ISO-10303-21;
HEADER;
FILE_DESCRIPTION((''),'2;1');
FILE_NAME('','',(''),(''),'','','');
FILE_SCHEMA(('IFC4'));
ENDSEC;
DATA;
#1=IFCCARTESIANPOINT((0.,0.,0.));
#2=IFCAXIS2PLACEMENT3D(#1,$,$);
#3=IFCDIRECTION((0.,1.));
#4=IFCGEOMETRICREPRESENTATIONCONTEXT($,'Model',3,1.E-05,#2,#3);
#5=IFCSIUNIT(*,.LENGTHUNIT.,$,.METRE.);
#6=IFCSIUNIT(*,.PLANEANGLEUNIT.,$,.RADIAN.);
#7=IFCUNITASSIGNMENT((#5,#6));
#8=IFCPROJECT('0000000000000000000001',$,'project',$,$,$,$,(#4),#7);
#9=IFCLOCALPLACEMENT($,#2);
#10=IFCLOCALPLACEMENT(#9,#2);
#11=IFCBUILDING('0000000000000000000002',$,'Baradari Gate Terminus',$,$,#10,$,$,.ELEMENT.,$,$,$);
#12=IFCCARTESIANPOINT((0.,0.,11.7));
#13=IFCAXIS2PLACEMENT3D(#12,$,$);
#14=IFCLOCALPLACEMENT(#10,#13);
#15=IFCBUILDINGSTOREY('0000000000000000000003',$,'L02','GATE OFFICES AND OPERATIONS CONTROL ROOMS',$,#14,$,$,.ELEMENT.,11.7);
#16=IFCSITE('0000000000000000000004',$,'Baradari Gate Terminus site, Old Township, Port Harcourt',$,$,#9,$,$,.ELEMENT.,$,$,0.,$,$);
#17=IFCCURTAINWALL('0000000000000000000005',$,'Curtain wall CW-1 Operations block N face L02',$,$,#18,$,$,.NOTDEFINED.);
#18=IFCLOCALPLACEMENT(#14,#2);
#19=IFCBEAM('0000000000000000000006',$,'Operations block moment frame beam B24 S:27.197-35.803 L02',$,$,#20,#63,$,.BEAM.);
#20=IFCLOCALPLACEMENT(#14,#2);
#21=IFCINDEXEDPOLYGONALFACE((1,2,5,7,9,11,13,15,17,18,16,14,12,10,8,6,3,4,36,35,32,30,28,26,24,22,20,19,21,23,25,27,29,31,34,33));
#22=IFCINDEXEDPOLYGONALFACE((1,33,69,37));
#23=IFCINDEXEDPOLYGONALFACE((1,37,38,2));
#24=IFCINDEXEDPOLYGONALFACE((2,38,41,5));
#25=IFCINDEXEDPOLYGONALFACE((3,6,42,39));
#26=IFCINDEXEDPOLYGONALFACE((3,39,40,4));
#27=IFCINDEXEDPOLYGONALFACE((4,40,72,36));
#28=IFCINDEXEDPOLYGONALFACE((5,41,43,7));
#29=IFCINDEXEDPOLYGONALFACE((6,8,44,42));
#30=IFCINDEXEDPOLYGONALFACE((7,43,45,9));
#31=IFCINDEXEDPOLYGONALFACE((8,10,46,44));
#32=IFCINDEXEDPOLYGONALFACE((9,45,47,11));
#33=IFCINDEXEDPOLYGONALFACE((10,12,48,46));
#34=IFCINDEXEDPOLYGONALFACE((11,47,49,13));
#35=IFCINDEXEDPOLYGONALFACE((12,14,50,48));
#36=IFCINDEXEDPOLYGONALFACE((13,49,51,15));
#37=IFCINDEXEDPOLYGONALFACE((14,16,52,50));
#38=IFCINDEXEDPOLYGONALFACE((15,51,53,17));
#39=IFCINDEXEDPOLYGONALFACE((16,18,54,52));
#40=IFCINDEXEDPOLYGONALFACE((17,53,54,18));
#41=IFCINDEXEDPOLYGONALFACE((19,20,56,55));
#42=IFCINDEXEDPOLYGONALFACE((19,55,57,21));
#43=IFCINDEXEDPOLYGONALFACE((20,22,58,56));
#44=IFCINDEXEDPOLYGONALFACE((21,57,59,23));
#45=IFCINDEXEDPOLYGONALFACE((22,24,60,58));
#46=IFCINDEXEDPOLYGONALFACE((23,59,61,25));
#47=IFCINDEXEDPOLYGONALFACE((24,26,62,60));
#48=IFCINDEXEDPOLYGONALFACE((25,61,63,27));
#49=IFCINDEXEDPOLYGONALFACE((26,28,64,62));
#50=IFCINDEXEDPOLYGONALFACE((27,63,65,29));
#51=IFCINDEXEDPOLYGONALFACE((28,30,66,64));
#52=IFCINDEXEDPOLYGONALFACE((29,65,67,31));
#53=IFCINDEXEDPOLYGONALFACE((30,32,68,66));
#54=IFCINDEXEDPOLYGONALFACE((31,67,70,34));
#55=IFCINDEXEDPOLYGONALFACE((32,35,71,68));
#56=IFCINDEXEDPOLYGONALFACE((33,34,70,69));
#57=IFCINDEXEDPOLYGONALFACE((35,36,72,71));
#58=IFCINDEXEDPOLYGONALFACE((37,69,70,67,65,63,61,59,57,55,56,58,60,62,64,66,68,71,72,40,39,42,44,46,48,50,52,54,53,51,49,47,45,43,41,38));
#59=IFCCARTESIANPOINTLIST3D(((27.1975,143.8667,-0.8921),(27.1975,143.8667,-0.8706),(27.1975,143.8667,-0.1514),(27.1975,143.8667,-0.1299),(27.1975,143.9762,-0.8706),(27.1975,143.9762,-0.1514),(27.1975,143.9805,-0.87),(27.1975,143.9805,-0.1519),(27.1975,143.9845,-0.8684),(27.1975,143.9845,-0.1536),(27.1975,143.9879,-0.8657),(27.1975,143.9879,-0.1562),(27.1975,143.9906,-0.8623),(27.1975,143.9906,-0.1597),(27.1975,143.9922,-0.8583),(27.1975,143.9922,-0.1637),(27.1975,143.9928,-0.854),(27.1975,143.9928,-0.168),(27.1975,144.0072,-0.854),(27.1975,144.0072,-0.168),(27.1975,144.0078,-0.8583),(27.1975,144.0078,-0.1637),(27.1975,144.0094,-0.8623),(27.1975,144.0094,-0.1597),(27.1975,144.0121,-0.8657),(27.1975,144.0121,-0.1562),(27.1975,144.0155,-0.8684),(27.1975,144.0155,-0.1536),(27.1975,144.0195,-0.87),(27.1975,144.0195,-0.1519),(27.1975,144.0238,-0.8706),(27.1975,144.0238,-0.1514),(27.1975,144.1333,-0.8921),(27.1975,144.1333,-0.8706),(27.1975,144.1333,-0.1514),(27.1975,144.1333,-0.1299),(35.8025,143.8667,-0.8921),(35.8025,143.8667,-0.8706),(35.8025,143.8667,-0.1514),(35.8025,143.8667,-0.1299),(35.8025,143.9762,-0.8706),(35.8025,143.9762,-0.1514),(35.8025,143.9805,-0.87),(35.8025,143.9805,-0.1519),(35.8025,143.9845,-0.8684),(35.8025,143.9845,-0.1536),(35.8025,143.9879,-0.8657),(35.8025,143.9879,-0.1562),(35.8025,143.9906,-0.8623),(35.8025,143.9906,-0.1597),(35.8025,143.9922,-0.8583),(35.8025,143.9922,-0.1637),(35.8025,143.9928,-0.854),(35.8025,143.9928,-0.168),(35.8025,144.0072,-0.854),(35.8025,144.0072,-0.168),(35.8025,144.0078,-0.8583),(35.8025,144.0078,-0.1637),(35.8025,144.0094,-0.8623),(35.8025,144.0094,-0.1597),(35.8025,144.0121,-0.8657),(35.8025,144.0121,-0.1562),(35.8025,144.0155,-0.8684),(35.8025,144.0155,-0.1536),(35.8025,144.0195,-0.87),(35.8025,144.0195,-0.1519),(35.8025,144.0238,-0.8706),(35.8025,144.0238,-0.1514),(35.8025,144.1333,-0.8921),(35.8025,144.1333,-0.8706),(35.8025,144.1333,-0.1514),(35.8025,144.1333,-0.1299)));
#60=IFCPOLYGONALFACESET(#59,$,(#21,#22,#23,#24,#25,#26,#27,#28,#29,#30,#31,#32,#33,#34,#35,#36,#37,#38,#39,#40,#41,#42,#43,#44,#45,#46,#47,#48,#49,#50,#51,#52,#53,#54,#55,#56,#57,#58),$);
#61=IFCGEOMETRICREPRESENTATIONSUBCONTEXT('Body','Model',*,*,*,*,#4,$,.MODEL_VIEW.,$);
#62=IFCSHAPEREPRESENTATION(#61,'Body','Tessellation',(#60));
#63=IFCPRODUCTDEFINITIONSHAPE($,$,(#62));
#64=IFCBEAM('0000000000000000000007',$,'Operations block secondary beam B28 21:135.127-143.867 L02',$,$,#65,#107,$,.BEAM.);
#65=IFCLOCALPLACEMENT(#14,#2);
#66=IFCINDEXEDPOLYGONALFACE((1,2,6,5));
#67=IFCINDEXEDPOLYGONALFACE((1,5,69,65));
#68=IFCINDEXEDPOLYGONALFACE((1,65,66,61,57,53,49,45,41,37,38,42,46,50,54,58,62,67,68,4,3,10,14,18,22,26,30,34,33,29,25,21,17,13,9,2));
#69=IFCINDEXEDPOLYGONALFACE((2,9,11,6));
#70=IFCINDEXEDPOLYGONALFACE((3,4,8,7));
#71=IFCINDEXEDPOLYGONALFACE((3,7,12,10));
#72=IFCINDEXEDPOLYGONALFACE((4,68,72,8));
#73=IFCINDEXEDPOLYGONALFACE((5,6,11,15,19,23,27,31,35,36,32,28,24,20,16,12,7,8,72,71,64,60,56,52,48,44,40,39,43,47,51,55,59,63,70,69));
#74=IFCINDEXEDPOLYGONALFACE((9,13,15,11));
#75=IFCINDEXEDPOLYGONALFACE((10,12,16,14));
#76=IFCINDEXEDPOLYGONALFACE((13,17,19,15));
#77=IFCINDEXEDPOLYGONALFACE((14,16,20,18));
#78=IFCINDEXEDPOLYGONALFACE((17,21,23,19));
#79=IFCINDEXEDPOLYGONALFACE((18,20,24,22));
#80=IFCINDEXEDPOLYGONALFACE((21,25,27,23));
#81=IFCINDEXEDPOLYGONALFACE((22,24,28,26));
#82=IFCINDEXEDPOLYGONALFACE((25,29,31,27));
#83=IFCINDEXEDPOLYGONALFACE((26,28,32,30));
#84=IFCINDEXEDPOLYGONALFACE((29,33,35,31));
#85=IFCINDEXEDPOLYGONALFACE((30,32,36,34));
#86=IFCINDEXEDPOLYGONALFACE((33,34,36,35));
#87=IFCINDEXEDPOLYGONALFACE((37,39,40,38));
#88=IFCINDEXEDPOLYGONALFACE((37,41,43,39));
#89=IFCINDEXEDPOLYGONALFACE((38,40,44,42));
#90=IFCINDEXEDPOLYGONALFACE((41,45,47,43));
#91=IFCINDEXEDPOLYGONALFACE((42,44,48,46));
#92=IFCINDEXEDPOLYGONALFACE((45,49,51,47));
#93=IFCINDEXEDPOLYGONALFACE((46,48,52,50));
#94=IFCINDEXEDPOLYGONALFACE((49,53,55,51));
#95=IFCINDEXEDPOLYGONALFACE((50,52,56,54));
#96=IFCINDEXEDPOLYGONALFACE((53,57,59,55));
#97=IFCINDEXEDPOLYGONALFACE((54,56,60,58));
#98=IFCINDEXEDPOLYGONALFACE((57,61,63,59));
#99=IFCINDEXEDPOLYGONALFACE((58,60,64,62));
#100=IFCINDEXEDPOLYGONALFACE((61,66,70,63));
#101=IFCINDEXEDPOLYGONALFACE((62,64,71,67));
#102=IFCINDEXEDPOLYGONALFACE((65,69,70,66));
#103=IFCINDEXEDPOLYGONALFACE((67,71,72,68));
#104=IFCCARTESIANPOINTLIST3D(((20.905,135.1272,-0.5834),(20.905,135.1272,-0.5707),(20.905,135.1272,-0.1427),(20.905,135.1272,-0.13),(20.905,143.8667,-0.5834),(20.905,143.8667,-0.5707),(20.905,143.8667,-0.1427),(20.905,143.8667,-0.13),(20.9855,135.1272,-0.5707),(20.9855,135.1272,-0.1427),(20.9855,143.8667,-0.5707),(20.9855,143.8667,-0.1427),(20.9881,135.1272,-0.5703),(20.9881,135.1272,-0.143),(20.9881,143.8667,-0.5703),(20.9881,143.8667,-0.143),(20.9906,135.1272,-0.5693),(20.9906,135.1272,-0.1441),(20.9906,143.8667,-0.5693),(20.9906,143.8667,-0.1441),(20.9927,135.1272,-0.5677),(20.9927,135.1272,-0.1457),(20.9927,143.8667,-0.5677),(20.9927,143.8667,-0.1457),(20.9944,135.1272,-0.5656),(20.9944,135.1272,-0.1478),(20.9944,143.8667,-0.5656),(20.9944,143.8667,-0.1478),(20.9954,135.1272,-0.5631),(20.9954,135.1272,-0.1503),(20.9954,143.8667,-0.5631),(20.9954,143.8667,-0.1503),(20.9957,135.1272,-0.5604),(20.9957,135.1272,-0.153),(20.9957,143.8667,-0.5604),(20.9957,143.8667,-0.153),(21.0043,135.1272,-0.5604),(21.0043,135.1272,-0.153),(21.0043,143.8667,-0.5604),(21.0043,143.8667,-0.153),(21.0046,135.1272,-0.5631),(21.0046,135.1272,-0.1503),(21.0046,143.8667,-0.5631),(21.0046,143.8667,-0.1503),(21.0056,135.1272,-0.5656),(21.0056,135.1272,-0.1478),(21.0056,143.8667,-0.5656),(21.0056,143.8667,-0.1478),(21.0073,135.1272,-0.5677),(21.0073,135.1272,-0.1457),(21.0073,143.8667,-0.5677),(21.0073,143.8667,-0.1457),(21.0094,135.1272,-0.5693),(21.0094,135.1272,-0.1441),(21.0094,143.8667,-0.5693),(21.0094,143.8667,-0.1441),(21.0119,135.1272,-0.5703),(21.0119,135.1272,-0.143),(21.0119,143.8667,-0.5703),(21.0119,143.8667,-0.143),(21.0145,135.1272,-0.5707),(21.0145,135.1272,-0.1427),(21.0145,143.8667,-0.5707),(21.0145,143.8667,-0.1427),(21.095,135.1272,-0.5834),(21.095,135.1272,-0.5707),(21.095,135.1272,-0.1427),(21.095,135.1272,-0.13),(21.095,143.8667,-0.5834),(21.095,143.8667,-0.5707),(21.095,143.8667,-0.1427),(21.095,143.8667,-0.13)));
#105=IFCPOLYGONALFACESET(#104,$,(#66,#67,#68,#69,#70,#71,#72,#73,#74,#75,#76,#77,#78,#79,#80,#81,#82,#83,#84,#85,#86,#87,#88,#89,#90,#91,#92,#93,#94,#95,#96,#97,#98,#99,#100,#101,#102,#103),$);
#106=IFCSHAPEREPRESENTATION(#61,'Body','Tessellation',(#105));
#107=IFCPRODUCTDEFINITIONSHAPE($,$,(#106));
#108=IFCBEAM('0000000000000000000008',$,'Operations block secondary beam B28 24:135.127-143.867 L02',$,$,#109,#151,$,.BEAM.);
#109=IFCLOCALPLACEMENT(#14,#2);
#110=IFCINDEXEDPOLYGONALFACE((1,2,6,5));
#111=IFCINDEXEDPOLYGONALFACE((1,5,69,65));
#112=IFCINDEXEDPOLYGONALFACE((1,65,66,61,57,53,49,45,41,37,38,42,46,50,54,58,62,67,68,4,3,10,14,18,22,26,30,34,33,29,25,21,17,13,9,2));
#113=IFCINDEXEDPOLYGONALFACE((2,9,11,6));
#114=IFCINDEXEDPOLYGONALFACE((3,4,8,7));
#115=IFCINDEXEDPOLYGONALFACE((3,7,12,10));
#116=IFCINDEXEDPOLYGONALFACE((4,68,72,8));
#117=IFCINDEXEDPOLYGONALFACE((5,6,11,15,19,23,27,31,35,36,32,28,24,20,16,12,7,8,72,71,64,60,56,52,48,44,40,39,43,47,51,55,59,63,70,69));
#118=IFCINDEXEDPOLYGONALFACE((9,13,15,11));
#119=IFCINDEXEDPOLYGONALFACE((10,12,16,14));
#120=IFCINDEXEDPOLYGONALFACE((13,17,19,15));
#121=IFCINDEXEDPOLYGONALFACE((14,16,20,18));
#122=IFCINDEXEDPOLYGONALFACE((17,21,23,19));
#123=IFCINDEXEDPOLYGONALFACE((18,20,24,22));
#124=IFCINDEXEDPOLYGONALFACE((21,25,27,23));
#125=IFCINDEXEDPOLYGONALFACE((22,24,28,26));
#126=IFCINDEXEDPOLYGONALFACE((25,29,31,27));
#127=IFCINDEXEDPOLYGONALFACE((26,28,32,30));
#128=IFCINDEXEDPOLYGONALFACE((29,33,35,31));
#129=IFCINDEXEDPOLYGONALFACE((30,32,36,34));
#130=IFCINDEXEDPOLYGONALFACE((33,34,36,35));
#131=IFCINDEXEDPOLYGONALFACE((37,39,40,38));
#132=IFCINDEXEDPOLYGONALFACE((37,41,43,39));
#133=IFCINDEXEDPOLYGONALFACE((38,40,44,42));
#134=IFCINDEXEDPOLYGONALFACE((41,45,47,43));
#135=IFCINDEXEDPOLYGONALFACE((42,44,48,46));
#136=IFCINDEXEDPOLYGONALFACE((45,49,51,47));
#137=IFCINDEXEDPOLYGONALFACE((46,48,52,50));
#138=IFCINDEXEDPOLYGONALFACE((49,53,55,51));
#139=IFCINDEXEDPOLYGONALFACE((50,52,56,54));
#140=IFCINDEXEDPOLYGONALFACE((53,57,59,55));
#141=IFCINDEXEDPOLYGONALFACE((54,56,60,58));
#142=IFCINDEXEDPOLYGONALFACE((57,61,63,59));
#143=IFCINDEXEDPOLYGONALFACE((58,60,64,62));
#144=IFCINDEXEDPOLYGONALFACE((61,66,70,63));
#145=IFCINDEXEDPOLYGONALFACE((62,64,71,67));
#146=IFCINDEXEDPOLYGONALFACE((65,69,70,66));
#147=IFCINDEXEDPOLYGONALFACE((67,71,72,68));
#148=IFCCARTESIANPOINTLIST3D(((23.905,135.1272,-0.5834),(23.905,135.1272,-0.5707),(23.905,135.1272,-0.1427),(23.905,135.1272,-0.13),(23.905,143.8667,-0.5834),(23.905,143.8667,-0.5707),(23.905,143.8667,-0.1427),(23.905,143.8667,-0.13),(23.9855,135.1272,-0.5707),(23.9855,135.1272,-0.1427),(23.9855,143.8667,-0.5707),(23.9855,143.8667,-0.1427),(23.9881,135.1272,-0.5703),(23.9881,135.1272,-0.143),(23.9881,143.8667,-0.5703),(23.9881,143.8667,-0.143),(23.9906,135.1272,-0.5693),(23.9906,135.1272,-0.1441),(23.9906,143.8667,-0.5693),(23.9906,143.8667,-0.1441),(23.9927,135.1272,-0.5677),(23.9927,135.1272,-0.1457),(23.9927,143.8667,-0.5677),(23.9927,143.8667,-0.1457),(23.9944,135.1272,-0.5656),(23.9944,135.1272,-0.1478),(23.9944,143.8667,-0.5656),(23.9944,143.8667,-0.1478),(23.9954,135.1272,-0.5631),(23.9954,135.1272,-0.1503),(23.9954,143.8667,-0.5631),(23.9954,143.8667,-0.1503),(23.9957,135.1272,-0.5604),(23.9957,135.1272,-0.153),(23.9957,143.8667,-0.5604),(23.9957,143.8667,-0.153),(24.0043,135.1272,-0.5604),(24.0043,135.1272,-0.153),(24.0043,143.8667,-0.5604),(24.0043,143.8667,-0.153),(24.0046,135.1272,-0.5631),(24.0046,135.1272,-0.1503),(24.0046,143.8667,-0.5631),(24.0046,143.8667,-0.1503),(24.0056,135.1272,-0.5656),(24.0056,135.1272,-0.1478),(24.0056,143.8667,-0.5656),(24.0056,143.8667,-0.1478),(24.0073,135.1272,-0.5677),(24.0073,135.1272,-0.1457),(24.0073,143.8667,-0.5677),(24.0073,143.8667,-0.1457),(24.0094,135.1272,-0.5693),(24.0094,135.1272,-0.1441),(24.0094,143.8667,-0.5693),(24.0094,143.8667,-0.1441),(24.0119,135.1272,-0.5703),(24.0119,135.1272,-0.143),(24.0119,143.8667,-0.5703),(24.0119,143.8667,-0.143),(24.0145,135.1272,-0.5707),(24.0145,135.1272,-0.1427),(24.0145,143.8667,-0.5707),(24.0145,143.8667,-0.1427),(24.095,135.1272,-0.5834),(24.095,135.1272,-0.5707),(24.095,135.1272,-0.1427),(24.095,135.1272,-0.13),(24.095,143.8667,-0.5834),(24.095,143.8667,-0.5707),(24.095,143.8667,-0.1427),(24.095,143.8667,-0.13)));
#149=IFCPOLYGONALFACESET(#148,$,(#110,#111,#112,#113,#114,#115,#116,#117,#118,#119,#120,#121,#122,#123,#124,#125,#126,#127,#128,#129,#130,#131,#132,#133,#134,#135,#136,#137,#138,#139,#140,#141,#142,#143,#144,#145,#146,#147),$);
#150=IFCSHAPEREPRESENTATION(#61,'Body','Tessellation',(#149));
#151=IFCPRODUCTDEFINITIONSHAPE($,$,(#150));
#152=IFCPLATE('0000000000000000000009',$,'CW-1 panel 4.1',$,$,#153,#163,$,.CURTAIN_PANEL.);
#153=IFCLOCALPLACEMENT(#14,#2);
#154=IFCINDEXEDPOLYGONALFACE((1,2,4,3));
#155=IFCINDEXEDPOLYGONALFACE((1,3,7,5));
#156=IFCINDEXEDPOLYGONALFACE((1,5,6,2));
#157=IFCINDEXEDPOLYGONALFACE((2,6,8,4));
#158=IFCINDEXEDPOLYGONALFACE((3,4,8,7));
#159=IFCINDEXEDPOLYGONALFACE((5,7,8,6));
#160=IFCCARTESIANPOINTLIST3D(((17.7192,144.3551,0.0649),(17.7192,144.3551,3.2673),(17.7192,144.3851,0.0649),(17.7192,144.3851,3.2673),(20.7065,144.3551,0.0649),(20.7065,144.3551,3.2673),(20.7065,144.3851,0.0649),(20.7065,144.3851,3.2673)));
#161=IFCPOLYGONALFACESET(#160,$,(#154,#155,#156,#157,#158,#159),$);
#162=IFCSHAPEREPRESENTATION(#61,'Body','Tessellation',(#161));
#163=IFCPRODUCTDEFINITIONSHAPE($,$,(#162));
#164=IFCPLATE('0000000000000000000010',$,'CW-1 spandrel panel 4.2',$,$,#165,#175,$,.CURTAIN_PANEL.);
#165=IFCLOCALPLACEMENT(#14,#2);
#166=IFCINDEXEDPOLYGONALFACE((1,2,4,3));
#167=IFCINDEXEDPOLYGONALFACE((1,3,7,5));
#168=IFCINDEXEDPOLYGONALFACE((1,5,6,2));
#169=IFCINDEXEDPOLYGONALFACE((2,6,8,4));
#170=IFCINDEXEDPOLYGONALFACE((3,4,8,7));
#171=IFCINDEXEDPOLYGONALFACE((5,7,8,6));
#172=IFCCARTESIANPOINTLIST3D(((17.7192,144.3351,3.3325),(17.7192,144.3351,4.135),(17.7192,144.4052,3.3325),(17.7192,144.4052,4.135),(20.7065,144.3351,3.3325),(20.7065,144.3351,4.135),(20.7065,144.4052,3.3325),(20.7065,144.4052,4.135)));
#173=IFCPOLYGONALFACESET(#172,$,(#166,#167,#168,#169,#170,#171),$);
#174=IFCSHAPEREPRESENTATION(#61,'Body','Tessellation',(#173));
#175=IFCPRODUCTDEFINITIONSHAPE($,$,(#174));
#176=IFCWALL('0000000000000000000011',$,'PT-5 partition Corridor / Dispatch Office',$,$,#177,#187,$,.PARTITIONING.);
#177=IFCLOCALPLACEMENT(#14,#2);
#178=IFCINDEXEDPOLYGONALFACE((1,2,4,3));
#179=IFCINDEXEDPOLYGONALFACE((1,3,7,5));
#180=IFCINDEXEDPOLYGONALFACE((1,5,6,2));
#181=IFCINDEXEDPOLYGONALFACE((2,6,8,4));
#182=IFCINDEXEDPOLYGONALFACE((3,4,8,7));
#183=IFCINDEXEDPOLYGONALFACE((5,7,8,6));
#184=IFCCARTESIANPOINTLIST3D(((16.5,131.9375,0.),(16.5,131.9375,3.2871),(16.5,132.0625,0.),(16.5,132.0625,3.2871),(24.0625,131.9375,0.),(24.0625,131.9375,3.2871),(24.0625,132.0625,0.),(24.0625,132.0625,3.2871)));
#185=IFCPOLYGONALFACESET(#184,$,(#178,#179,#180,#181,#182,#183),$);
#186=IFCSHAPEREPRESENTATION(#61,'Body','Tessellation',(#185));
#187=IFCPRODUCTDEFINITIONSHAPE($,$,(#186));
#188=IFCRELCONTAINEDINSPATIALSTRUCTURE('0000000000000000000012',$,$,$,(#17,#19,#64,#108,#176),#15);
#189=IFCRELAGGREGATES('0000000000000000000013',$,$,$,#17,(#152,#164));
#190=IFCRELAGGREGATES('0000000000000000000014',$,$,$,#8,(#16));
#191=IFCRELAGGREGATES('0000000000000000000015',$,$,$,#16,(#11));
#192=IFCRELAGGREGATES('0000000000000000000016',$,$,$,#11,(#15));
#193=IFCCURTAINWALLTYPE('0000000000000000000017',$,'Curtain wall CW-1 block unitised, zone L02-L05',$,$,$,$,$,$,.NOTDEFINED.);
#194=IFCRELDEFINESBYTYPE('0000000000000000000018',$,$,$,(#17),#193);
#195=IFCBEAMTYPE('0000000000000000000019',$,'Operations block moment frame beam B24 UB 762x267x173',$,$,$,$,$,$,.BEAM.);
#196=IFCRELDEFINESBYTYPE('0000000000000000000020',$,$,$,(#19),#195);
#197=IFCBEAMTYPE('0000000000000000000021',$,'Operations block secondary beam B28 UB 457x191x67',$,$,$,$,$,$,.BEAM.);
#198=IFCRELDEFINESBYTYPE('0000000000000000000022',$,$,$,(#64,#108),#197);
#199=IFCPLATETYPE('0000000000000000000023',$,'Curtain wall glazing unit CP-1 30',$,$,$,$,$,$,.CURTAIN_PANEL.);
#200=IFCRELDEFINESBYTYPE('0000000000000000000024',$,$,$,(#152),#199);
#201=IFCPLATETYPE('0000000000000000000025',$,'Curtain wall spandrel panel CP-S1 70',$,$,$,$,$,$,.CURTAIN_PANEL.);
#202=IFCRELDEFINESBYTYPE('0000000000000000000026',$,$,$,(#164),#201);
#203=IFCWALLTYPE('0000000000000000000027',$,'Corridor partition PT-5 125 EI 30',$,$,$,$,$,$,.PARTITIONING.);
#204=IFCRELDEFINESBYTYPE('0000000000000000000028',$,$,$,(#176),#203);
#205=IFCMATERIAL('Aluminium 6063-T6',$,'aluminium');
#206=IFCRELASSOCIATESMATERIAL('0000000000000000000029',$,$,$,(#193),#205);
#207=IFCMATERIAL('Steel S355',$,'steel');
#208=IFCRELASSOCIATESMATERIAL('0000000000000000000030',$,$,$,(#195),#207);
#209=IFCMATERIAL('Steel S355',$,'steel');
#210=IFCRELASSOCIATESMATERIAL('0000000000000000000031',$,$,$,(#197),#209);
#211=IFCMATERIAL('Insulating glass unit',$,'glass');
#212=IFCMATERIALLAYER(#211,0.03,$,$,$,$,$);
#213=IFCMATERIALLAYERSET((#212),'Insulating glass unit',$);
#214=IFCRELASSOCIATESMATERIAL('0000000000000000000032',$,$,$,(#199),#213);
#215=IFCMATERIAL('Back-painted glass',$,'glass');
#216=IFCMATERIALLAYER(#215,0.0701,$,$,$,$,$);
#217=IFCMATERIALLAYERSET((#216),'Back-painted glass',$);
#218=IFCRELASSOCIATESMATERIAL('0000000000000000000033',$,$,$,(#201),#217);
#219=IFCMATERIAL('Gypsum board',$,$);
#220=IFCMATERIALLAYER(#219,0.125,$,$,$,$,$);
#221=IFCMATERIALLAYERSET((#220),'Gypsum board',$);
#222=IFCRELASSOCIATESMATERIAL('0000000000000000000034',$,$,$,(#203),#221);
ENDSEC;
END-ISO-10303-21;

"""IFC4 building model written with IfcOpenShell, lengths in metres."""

from ifc_helpers import new_model, si_unit, direction, frame, frame_2d, origin, origin_2d, place, context, subcontext, project, spatial, rectangle, i_section, extrude, material, layer, layer_set, material_profile, profile_set, type_object, element, aggregate, save


model = new_model("IFC4")

# Units and contexts
model_context = context("Model", 3, precision=1e-05, world=origin(), true_north=direction((0.0, 1.0)))
body_context = subcontext(model_context, "Body", "Model", "MODEL_VIEW")
ifc_project = project(units=[si_unit("LENGTHUNIT", "METRE"), si_unit("PLANEANGLEUNIT", "RADIAN")], contexts=[model_context])

# Site, building, storey
site_placement = place(None, origin())
site = spatial("IfcSite", under=ifc_project, at=site_placement, Name="Baradari Gate Terminus site, Old Township, Port Harcourt", CompositionType="ELEMENT", RefElevation=0.0)
building_placement = place(site_placement, origin())
building = spatial("IfcBuilding", under=site, at=building_placement, Name="Baradari Gate Terminus", CompositionType="ELEMENT")
storey_placement = place(building_placement, frame((0.0, 0.0, 11.7)))
storey = spatial("IfcBuildingStorey", under=building, at=storey_placement, Name="L02", Description="GATE OFFICES AND OPERATIONS CONTROL ROOMS", CompositionType="ELEMENT", Elevation=11.7)

# Curtain wall
ifc_material_1 = material(Name="Aluminium 6063-T6", Category="aluminium")
curtain_wall_type = type_object("IfcCurtainWallType", Name="Curtain wall CW-1 block unitised, zone L02-L05", PredefinedType="NOTDEFINED", material=ifc_material_1)
curtain_wall_placement = place(storey_placement, origin())
curtain_wall = element("IfcCurtainWall", 1, at=curtain_wall_placement, inside=storey, type_object=curtain_wall_type, Name="Curtain wall CW-1 Operations block N face L02", PredefinedType="NOTDEFINED")

# Beams
ifc_material_2 = material(Name="Steel S355", Category="steel")
ifc_material_profile_1 = material_profile(ifc_material_2, i_section(OverallWidth=0.2666, OverallDepth=0.7622, WebThickness=0.0144, FlangeThickness=0.0215, FilletRadius=0.0166, at=origin_2d()), Name="UB 762x267x173")
ifc_profile_set_1 = profile_set([ifc_material_profile_1], Name="Steel S355")
beam_type_1 = type_object("IfcBeamType", Name="Operations block moment frame beam B24 UB 762x267x173", PredefinedType="BEAM", material=ifc_profile_set_1)
for number, where, z_axis, x_axis, name in (
    (2, (27.1975, 144.0, -0.511), (1.0, 0.0, 0.0), (0.0, 1.0, 0.0), "Operations block moment frame beam B24 S:27.197-35.803 L02"),
):
    element("IfcBeam", number, at=place(storey_placement, frame(where, z_axis=z_axis, x_axis=x_axis)), inside=storey, type_object=beam_type_1, Name=name, PredefinedType="BEAM", context=body_context, shape_type="SweptSolid", body=[
        extrude(i_section(OverallWidth=0.2666, OverallDepth=0.7622, WebThickness=0.0144, FlangeThickness=0.0215, FilletRadius=0.0166, at=origin_2d()), origin(), (0.0, 0.0, 1.0), 8.605),
    ])
ifc_material_3 = material(Name="Steel S355", Category="steel")
ifc_material_profile_2 = material_profile(ifc_material_3, i_section(OverallWidth=0.1899, OverallDepth=0.4534, WebThickness=0.0085, FlangeThickness=0.0127, FilletRadius=0.0103, at=origin_2d()), Name="UB 457x191x67")
ifc_profile_set_2 = profile_set([ifc_material_profile_2], Name="Steel S355")
beam_type_2 = type_object("IfcBeamType", Name="Operations block secondary beam B28 UB 457x191x67", PredefinedType="BEAM", material=ifc_profile_set_2)
for number, where, z_axis, x_axis, name in (
    (3, (21.0, 135.1272, -0.3567), (0.0, 1.0, 0.0), (-1.0, 0.0, 0.0), "Operations block secondary beam B28 21:135.127-143.867 L02"),
    (4, (24.0, 135.1272, -0.3567), (0.0, 1.0, 0.0), (-1.0, 0.0, 0.0), "Operations block secondary beam B28 24:135.127-143.867 L02"),
):
    element("IfcBeam", number, at=place(storey_placement, frame(where, z_axis=z_axis, x_axis=x_axis)), inside=storey, type_object=beam_type_2, Name=name, PredefinedType="BEAM", context=body_context, shape_type="SweptSolid", body=[
        extrude(i_section(OverallWidth=0.1899, OverallDepth=0.4534, WebThickness=0.0085, FlangeThickness=0.0127, FilletRadius=0.0103, at=origin_2d()), origin(), (0.0, 0.0, 1.0), 8.7395),
    ])

# Plates
ifc_material_4 = material(Name="Insulating glass unit", Category="glass")
ifc_layer_1 = layer(ifc_material_4, 0.03)
ifc_layer_set_1 = layer_set([ifc_layer_1], Name="Insulating glass unit")
plate_type_1 = type_object("IfcPlateType", Name="Curtain wall glazing unit CP-1 30", PredefinedType="CURTAIN_PANEL", material=ifc_layer_set_1)
plate_1_placement = place(storey_placement, frame((19.2129, 144.3701, 0.0649), z_axis=(0.0, 0.0, 1.0), x_axis=(1.0, 0.0, 0.0)))
plate_1 = element("IfcPlate", 5, at=plate_1_placement, type_object=plate_type_1, Name="CW-1 panel 4.1", PredefinedType="CURTAIN_PANEL", context=body_context, shape_type="SweptSolid", body=[
    extrude(rectangle(XDim=2.9873, YDim=0.03, at=origin_2d()), origin(), (0.0, 0.0, 1.0), 3.2024),
])
ifc_material_5 = material(Name="Back-painted glass", Category="glass")
ifc_layer_2 = layer(ifc_material_5, 0.0701)
ifc_layer_set_2 = layer_set([ifc_layer_2], Name="Back-painted glass")
plate_type_2 = type_object("IfcPlateType", Name="Curtain wall spandrel panel CP-S1 70", PredefinedType="CURTAIN_PANEL", material=ifc_layer_set_2)
plate_2_placement = place(storey_placement, frame((19.2129, 144.3701, 3.3325), z_axis=(0.0, 0.0, 1.0), x_axis=(1.0, 0.0, 0.0)))
plate_2 = element("IfcPlate", 6, at=plate_2_placement, type_object=plate_type_2, Name="CW-1 spandrel panel 4.2", PredefinedType="CURTAIN_PANEL", context=body_context, shape_type="SweptSolid", body=[
    extrude(rectangle(XDim=2.9873, YDim=0.0701, at=origin_2d()), origin(), (0.0, 0.0, 1.0), 0.8025),
])
aggregate(curtain_wall, [plate_1, plate_2])

# Wall
ifc_material_6 = material(Name="Gypsum board")
ifc_layer_3 = layer(ifc_material_6, 0.125)
ifc_layer_set_3 = layer_set([ifc_layer_3], Name="Gypsum board")
wall_type_1 = type_object("IfcWallType", Name="Corridor partition PT-5 125 EI 30", PredefinedType="PARTITIONING", material=ifc_layer_set_3)
wall_1_placement = place(storey_placement, frame((24.0625, 132.0, 0.0), z_axis=(0.0, 0.0, 1.0), x_axis=(-1.0, 0.0, 0.0)))
element("IfcWall", 7, at=wall_1_placement, inside=storey, type_object=wall_type_1, Name="PT-5 partition Corridor / Dispatch Office", PredefinedType="PARTITIONING", context=body_context, shape_type="SweptSolid", body=[
    extrude(rectangle(XDim=7.5625, YDim=0.125, at=frame_2d((3.7812, 0.0))), origin(), (0.0, 0.0, 1.0), 3.2871),
])

save(model, "model.ifc")
